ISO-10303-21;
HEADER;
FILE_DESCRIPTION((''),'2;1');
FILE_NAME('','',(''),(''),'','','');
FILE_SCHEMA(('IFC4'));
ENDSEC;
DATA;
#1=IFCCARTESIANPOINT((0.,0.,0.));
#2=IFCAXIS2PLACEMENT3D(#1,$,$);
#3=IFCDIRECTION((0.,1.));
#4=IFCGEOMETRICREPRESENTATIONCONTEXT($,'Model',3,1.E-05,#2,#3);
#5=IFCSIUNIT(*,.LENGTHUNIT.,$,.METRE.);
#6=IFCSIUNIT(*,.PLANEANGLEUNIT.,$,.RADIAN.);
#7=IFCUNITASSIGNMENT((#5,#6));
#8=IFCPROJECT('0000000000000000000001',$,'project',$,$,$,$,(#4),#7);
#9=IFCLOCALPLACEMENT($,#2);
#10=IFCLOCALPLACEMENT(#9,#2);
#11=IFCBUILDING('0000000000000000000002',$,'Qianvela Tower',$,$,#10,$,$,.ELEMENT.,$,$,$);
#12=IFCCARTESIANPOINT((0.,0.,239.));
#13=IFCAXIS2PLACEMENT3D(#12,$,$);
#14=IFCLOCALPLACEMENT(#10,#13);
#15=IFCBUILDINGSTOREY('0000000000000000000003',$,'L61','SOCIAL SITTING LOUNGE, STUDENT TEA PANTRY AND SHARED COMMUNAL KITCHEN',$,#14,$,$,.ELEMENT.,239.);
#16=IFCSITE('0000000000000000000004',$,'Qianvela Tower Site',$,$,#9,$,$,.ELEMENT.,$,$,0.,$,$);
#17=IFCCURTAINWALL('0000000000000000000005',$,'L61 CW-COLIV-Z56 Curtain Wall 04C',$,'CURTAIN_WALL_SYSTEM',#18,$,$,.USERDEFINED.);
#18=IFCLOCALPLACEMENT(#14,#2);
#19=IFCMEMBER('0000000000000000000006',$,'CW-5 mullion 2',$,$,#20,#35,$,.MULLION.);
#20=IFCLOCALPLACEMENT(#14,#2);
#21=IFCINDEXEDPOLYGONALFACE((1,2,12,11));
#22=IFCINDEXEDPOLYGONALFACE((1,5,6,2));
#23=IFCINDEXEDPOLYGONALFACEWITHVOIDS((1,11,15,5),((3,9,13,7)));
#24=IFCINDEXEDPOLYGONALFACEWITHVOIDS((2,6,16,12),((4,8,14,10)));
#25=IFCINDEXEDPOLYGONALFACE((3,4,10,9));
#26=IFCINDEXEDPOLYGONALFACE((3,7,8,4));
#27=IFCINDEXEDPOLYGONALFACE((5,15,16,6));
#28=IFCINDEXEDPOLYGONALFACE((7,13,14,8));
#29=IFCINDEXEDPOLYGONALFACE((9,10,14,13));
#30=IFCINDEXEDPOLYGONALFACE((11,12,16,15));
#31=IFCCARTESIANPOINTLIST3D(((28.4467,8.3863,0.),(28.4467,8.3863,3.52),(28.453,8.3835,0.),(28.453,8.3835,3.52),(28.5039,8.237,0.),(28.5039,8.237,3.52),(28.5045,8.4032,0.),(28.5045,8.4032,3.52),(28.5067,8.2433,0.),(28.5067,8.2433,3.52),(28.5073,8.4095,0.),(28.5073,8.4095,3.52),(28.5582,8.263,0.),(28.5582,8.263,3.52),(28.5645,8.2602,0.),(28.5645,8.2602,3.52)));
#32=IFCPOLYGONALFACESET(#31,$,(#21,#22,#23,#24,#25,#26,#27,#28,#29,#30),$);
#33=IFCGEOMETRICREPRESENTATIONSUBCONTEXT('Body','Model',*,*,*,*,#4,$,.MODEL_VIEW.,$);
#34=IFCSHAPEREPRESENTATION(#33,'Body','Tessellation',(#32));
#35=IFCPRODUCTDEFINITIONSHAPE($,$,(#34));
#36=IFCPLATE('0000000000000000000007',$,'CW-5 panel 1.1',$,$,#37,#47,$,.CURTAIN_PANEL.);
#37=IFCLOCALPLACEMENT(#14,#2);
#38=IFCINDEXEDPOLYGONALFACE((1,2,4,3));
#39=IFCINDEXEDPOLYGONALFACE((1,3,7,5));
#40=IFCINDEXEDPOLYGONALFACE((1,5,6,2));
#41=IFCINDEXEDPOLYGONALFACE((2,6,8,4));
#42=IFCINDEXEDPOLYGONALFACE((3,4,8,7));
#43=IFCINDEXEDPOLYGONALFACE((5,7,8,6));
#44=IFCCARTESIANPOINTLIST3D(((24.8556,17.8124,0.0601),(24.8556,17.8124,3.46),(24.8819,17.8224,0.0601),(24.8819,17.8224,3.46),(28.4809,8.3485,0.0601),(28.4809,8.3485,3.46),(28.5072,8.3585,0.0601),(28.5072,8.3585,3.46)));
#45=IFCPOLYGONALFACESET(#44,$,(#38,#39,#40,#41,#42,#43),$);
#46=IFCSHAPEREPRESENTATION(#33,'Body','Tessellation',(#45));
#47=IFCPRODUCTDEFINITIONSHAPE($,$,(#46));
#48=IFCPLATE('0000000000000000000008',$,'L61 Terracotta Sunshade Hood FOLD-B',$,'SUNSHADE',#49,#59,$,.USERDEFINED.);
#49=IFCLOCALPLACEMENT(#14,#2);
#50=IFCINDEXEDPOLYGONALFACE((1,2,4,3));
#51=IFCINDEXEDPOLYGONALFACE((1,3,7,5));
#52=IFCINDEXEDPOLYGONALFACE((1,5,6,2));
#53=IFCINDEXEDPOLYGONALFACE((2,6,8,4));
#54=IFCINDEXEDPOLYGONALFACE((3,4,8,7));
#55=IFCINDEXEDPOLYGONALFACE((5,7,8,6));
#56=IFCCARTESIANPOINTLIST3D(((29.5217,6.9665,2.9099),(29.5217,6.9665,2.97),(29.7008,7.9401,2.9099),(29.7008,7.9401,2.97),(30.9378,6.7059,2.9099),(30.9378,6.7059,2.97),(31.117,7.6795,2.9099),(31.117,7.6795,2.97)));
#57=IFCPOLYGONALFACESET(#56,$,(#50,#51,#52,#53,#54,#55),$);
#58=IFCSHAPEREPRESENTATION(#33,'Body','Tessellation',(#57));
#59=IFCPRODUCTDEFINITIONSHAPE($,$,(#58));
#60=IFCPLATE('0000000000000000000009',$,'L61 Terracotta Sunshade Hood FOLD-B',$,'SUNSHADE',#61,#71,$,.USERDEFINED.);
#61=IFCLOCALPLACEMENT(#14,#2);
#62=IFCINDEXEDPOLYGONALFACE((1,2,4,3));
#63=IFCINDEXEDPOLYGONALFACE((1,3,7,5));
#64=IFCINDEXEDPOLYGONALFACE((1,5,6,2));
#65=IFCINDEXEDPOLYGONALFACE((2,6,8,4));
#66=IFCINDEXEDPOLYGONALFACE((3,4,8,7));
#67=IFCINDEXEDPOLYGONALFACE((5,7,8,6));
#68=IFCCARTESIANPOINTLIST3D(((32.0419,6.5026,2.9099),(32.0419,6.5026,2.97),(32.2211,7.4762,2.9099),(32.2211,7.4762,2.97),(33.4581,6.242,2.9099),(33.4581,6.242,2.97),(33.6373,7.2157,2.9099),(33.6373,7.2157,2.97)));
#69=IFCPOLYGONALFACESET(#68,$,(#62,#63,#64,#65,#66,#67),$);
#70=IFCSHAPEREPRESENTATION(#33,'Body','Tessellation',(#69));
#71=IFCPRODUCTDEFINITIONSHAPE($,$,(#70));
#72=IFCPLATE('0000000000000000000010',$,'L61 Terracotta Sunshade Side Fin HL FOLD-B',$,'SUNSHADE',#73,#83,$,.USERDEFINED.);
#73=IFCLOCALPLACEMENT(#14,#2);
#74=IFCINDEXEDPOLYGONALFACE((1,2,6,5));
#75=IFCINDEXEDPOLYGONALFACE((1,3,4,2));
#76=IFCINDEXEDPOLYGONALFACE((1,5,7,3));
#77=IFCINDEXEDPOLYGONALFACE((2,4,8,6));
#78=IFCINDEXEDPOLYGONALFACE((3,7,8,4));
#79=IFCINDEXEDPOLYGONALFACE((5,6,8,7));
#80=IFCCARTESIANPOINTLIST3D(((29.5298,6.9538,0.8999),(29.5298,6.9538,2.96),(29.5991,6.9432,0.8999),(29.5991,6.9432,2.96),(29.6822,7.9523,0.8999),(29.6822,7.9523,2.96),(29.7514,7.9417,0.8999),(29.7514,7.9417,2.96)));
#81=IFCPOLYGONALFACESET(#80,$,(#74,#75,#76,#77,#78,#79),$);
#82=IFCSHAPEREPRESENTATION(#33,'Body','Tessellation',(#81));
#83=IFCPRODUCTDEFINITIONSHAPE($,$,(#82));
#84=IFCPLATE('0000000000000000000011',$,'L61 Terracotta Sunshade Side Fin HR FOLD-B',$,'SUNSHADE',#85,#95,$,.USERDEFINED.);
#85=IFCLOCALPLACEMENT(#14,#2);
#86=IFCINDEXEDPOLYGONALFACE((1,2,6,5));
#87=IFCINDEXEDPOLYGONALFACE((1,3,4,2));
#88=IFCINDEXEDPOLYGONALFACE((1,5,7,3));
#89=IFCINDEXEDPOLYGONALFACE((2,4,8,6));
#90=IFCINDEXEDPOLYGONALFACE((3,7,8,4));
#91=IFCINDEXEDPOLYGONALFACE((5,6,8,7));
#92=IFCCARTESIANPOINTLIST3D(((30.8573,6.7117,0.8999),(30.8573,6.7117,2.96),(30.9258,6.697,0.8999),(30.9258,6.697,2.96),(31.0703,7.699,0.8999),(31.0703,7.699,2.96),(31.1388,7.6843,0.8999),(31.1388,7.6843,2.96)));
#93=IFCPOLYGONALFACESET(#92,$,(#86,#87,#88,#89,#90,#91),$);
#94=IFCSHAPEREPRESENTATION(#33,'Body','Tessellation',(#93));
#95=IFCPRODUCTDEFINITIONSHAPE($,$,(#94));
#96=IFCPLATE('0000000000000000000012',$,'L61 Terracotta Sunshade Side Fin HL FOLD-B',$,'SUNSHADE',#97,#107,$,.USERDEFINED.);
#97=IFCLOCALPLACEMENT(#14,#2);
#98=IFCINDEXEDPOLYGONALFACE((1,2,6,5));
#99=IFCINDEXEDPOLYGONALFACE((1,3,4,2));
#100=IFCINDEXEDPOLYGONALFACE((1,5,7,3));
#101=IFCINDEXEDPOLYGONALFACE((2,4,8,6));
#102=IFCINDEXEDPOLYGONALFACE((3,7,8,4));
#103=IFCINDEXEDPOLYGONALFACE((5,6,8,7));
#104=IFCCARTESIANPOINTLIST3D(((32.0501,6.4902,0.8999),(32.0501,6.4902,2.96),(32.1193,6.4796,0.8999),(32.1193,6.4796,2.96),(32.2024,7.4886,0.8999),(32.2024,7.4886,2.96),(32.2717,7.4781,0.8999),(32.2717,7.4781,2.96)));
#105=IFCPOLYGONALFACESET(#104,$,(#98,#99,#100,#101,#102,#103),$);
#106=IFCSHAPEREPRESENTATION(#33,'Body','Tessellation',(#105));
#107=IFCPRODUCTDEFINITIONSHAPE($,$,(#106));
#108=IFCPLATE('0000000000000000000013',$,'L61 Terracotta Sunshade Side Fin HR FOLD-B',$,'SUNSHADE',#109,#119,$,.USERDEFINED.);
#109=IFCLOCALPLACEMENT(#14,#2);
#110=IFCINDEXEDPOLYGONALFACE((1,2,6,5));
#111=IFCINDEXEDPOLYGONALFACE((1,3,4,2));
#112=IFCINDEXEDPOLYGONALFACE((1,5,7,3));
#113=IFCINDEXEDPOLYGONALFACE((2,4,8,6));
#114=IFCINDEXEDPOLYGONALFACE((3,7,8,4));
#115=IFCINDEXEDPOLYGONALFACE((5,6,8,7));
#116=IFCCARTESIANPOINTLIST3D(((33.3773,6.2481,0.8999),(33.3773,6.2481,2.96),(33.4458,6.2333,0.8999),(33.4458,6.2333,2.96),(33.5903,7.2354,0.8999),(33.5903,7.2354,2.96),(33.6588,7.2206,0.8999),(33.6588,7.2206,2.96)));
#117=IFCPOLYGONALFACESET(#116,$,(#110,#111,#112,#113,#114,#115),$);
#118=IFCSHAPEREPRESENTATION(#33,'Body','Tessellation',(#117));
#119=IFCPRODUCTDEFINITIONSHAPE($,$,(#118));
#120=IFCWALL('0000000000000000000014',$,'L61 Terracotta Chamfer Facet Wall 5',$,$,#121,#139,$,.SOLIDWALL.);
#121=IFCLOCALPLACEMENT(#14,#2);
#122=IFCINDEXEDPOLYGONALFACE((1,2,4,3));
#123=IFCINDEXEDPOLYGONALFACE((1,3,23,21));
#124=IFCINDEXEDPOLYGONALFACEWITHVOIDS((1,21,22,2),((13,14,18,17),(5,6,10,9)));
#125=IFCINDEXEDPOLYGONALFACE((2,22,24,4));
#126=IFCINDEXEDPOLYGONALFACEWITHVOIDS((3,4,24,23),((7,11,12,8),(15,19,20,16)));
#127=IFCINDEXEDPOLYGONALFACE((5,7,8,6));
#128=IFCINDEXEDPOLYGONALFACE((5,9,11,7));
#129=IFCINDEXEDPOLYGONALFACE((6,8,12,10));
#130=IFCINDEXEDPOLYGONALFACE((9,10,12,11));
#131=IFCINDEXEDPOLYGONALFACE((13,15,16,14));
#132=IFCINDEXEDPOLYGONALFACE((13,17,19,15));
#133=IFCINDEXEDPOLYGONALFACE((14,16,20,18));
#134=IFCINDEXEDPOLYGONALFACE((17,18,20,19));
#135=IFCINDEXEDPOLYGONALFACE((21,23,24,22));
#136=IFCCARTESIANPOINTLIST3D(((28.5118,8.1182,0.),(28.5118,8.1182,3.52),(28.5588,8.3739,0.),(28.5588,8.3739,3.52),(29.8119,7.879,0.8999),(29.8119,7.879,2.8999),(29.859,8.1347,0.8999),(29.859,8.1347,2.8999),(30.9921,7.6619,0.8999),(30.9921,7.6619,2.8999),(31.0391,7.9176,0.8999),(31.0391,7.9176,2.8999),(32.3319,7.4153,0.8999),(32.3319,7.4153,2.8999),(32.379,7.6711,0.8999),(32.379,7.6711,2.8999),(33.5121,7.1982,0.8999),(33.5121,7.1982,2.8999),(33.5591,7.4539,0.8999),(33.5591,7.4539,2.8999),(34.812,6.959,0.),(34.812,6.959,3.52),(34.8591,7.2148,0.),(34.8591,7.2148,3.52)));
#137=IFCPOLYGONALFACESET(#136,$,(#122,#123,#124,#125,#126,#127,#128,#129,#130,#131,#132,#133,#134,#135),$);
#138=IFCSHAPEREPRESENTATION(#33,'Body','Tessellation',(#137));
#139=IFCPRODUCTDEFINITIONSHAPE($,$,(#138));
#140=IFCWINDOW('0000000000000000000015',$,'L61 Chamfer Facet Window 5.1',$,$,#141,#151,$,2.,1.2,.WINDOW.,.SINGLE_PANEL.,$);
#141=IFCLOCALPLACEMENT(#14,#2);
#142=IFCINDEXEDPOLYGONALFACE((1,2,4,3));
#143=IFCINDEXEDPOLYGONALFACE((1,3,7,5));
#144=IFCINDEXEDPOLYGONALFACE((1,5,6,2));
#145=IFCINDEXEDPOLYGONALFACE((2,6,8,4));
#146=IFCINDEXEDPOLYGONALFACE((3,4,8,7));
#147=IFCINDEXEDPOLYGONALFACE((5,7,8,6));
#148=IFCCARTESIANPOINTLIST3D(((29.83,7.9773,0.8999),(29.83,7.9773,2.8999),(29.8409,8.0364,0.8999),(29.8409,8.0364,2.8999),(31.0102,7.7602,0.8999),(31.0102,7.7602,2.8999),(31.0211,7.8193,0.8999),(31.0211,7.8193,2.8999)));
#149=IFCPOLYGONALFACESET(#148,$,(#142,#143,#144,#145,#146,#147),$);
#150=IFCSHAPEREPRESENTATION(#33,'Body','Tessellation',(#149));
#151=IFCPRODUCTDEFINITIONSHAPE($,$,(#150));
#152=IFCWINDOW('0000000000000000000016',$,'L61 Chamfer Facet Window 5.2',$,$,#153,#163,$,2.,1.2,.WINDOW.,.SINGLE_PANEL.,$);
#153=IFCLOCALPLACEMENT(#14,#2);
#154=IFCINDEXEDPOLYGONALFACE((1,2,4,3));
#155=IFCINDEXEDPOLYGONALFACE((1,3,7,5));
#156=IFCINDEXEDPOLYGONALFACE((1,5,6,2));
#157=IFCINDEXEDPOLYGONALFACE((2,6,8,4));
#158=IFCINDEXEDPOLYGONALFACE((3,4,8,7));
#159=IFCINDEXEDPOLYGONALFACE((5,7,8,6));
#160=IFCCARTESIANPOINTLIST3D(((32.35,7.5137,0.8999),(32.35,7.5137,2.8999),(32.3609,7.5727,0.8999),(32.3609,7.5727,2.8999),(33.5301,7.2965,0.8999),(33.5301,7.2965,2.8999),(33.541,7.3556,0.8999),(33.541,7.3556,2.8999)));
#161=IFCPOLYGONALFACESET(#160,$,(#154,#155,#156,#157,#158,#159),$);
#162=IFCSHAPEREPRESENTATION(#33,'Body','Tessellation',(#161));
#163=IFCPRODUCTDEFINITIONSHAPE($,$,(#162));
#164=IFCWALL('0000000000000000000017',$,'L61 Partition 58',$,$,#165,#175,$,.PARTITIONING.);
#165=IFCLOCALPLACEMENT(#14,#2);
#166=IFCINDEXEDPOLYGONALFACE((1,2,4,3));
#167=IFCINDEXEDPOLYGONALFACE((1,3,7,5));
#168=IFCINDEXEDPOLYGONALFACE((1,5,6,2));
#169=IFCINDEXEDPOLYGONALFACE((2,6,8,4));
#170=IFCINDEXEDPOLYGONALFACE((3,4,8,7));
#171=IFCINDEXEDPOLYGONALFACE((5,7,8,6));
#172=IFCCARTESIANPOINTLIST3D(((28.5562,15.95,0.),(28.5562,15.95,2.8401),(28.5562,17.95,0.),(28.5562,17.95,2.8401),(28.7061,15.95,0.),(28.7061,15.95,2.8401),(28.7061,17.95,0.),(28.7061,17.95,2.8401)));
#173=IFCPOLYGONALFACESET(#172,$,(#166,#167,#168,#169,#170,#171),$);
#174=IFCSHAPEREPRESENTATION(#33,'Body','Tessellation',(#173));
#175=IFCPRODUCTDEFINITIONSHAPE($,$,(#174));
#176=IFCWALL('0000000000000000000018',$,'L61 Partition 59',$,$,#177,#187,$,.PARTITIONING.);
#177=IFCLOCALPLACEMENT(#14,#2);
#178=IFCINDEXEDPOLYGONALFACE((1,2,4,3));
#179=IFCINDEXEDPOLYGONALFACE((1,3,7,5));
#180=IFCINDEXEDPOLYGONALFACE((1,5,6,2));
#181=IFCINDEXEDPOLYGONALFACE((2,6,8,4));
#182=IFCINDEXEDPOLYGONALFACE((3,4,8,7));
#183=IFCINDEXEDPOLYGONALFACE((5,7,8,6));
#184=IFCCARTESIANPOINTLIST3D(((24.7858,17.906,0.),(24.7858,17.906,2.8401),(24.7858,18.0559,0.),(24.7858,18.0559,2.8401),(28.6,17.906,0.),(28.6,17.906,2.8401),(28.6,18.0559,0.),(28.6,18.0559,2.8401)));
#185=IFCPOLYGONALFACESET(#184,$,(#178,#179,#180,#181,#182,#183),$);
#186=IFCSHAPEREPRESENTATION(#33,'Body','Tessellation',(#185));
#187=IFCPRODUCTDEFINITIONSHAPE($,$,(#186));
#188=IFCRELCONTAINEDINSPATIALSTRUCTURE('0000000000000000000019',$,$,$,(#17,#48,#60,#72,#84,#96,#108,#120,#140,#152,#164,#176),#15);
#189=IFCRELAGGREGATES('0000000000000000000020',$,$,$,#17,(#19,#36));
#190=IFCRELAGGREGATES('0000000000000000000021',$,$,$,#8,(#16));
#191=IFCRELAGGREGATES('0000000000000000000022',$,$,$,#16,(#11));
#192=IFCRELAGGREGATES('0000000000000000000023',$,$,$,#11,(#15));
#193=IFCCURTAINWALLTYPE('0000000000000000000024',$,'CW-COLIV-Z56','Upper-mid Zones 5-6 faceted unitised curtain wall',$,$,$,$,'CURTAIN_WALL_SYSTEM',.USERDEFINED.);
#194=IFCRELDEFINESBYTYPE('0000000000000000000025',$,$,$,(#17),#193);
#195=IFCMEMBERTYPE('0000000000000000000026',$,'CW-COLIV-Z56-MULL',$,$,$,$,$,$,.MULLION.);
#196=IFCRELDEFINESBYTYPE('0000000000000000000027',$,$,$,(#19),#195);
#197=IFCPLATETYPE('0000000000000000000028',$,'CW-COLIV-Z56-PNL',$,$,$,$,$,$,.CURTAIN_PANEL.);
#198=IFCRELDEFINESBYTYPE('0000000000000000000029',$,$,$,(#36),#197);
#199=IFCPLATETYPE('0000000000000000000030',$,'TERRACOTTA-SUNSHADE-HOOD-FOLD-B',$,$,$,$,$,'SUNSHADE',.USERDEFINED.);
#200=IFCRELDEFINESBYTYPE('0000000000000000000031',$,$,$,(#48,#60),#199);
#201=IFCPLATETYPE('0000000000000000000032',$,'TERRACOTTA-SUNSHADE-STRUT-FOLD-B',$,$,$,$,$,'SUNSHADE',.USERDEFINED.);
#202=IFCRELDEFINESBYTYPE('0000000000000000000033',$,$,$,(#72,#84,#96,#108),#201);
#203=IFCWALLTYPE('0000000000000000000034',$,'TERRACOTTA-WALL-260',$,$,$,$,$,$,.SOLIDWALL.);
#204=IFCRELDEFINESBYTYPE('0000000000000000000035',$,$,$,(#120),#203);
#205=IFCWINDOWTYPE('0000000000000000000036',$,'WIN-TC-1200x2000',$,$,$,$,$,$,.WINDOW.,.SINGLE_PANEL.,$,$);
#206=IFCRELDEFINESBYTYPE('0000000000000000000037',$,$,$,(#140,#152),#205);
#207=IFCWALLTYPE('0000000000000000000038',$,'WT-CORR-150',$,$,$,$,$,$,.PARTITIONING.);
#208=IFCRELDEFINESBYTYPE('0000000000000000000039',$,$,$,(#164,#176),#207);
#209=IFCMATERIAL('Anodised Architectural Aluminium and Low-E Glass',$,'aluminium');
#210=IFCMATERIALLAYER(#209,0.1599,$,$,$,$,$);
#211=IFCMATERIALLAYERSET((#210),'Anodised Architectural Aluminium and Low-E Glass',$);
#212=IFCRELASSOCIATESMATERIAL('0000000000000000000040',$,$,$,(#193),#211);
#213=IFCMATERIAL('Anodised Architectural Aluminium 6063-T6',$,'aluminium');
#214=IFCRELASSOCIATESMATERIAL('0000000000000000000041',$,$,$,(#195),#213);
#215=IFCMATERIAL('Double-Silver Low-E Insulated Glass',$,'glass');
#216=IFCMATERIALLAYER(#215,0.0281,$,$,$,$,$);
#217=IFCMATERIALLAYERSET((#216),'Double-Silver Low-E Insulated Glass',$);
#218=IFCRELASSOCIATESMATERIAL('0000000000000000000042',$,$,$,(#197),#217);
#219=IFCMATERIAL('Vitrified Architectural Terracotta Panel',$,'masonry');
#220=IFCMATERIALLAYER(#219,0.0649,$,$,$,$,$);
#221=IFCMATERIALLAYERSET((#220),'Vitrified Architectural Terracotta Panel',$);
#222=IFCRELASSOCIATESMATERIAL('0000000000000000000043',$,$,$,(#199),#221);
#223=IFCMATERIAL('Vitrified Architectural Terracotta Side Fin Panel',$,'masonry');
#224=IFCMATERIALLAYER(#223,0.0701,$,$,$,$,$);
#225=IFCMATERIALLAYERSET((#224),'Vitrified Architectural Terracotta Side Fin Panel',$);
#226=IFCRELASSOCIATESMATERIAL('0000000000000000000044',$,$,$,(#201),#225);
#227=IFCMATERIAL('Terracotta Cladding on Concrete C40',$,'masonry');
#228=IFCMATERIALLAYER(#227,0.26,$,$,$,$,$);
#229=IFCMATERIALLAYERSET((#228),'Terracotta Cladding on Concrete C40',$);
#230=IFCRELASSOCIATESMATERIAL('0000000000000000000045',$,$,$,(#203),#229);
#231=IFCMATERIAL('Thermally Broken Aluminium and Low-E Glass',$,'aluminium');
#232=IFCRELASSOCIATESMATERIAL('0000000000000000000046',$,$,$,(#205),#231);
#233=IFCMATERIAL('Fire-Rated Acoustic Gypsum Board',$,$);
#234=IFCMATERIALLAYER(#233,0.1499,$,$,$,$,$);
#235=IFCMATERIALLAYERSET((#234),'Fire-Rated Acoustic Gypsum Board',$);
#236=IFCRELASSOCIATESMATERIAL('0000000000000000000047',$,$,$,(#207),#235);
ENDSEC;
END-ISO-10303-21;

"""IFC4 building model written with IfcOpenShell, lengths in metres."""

from ifc_helpers import new_model, si_unit, direction, frame, frame_2d, origin, origin_2d, place, context, subcontext, project, spatial, rectangle, hollow_rectangle, extrude, material, layer, layer_set, material_profile, profile_set, type_object, element, fill, aggregate, save


model = new_model("IFC4")

# Units and contexts
model_context = context("Model", 3, precision=1e-05, world=origin(), true_north=direction((0.0, 1.0)))
body_context = subcontext(model_context, "Body", "Model", "MODEL_VIEW")
ifc_project = project(units=[si_unit("LENGTHUNIT", "METRE"), si_unit("PLANEANGLEUNIT", "RADIAN")], contexts=[model_context])

# Site, building, storey
site_placement = place(None, origin())
site = spatial("IfcSite", under=ifc_project, at=site_placement, Name="Qianvela Tower Site", CompositionType="ELEMENT", RefElevation=0.0)
building_placement = place(site_placement, origin())
building = spatial("IfcBuilding", under=site, at=building_placement, Name="Qianvela Tower", CompositionType="ELEMENT")
storey_placement = place(building_placement, frame((0.0, 0.0, 239.0)))
storey = spatial("IfcBuildingStorey", under=building, at=storey_placement, Name="L61", Description="SOCIAL SITTING LOUNGE, STUDENT TEA PANTRY AND SHARED COMMUNAL KITCHEN", CompositionType="ELEMENT", Elevation=239.0)

# Curtain wall, member, plate
ifc_material_1 = material(Name="Anodised Architectural Aluminium and Low-E Glass", Category="aluminium")
ifc_layer_1 = layer(ifc_material_1, 0.1599)
ifc_layer_set_1 = layer_set([ifc_layer_1], Name="Anodised Architectural Aluminium and Low-E Glass")
curtain_wall_type = type_object("IfcCurtainWallType", Name="CW-COLIV-Z56", Description="Upper-mid Zones 5-6 faceted unitised curtain wall", ElementType="CURTAIN_WALL_SYSTEM", PredefinedType="USERDEFINED", material=ifc_layer_set_1)
curtain_wall_placement = place(storey_placement, origin())
curtain_wall = element("IfcCurtainWall", 1, at=curtain_wall_placement, inside=storey, type_object=curtain_wall_type, Name="L61 CW-COLIV-Z56 Curtain Wall 04C", ObjectType="CURTAIN_WALL_SYSTEM", PredefinedType="USERDEFINED")
ifc_material_2 = material(Name="Anodised Architectural Aluminium 6063-T6", Category="aluminium")
ifc_material_profile = material_profile(ifc_material_2, hollow_rectangle(XDim=0.0649, YDim=0.1599, WallThickness=0.0049, at=origin_2d()), Name="ALU-MULL-65x160")
ifc_profile_set = profile_set([ifc_material_profile], Name="Anodised Architectural Aluminium 6063-T6")
member_type = type_object("IfcMemberType", Name="CW-COLIV-Z56-MULL", PredefinedType="MULLION", material=ifc_profile_set)
member_placement = place(storey_placement, frame((28.5056, 8.3232, 0.0), z_axis=(0.0, 0.0, 1.0), x_axis=(0.93383, 0.357718, 0.0)))
member = element("IfcMember", 2, at=member_placement, type_object=member_type, Name="CW-5 mullion 2", PredefinedType="MULLION", context=body_context, shape_type="SweptSolid", body=[
    extrude(hollow_rectangle(XDim=0.0649, YDim=0.1599, WallThickness=0.0049, at=origin_2d()), origin(), (0.0, 0.0, 1.0), 3.52),
])
ifc_material_3 = material(Name="Double-Silver Low-E Insulated Glass", Category="glass")
ifc_layer_2 = layer(ifc_material_3, 0.0281)
ifc_layer_set_2 = layer_set([ifc_layer_2], Name="Double-Silver Low-E Insulated Glass")
plate_type_1 = type_object("IfcPlateType", Name="CW-COLIV-Z56-PNL", PredefinedType="CURTAIN_PANEL", material=ifc_layer_set_2)
plate_placement = place(storey_placement, frame((26.6814, 13.0854, 0.0601), z_axis=(0.0, 0.0, 1.0), x_axis=(0.357718, -0.93383, 0.0)))
plate = element("IfcPlate", 3, at=plate_placement, type_object=plate_type_1, Name="CW-5 panel 1.1", PredefinedType="CURTAIN_PANEL", context=body_context, shape_type="SweptSolid", body=[
    extrude(rectangle(XDim=10.1345, YDim=0.0281, at=origin_2d()), origin(), (0.0, 0.0, 1.0), 3.3999),
])
aggregate(curtain_wall, [member, plate])

# Plates
ifc_material_4 = material(Name="Vitrified Architectural Terracotta Panel", Category="masonry")
ifc_layer_3 = layer(ifc_material_4, 0.0649)
ifc_layer_set_3 = layer_set([ifc_layer_3], Name="Vitrified Architectural Terracotta Panel")
plate_type_2 = type_object("IfcPlateType", Name="TERRACOTTA-SUNSHADE-HOOD-FOLD-B", ElementType="SUNSHADE", PredefinedType="USERDEFINED", material=ifc_layer_set_3)
for number, where, z_axis, x_axis, name in (
    (4, (30.3193, 7.323, 2.9099), (0.0, 0.0, 1.0), (0.983489, -0.180965, 0.0), "L61 Terracotta Sunshade Hood FOLD-B"),
    (5, (32.8396, 6.8591, 2.9099), (0.0, 0.0, 1.0), (0.983489, -0.180965, 0.0), "L61 Terracotta Sunshade Hood FOLD-B"),
):
    element("IfcPlate", number, at=place(storey_placement, frame(where, z_axis=z_axis, x_axis=x_axis)), inside=storey, type_object=plate_type_2, Name=name, ObjectType="SUNSHADE", PredefinedType="USERDEFINED", context=body_context, shape_type="SweptSolid", body=[
        extrude(rectangle(XDim=1.4399, YDim=0.99, at=origin_2d()), origin(), (0.0, 0.0, 1.0), 0.0601),
    ])
ifc_material_5 = material(Name="Vitrified Architectural Terracotta Side Fin Panel", Category="masonry")
ifc_layer_4 = layer(ifc_material_5, 0.0701)
ifc_layer_set_4 = layer_set([ifc_layer_4], Name="Vitrified Architectural Terracotta Side Fin Panel")
plate_type_3 = type_object("IfcPlateType", Name="TERRACOTTA-SUNSHADE-STRUT-FOLD-B", ElementType="SUNSHADE", PredefinedType="USERDEFINED", material=ifc_layer_set_4)
for number, where, z_axis, x_axis, name in (
    (6, (29.6406, 7.4478, 0.8999), (0.0, 0.0, 1.0), (0.988557, -0.150847, 0.0), "L61 Terracotta Sunshade Side Fin HL FOLD-B"),
    (7, (30.998, 7.198, 0.8999), (0.0, 0.0, 1.0), (0.977504, -0.210915, 0.0), "L61 Terracotta Sunshade Side Fin HR FOLD-B"),
    (8, (32.1609, 6.9841, 0.8999), (0.0, 0.0, 1.0), (0.988557, -0.150847, 0.0), "L61 Terracotta Sunshade Side Fin HL FOLD-B"),
    (9, (33.5181, 6.7344, 0.8999), (0.0, 0.0, 1.0), (0.977504, -0.210915, 0.0), "L61 Terracotta Sunshade Side Fin HR FOLD-B"),
):
    element("IfcPlate", number, at=place(storey_placement, frame(where, z_axis=z_axis, x_axis=x_axis)), inside=storey, type_object=plate_type_3, Name=name, ObjectType="SUNSHADE", PredefinedType="USERDEFINED", context=body_context, shape_type="SweptSolid", body=[
        extrude(rectangle(XDim=0.0701, YDim=1.01, at=origin_2d()), origin(), (0.0, 0.0, 1.0), 2.0601),
    ])

# Wall, openings, windows
ifc_material_6 = material(Name="Terracotta Cladding on Concrete C40", Category="masonry")
ifc_layer_5 = layer(ifc_material_6, 0.26)
ifc_layer_set_5 = layer_set([ifc_layer_5], Name="Terracotta Cladding on Concrete C40")
wall_type_1 = type_object("IfcWallType", Name="TERRACOTTA-WALL-260", PredefinedType="SOLIDWALL", material=ifc_layer_set_5)
wall_1_placement = place(storey_placement, frame((28.5352, 8.2461, 0.0), z_axis=(0.0, 0.0, 1.0), x_axis=(0.983492, -0.180951, 0.0)))
wall_1 = element("IfcWall", 10, at=wall_1_placement, inside=storey, type_object=wall_type_1, Name="L61 Terracotta Chamfer Facet Wall 5", PredefinedType="SOLIDWALL", context=body_context, shape_type="SweptSolid", body=[
    extrude(rectangle(XDim=6.406, YDim=0.26, at=frame_2d((3.2031, 0.0))), origin(), (0.0, 0.0, 1.0), 3.52),
])
opening_1_placement = place(wall_1_placement, frame((1.322, 0.0, 0.8999)))
opening_1 = element("IfcOpeningElement", 11, at=opening_1_placement, cuts=wall_1, PredefinedType="OPENING", context=body_context, shape_type="SweptSolid", body=[
    extrude(rectangle(XDim=1.2, YDim=2.0, at=frame_2d((0.6001, 1.0))), frame((0.0, 0.1399, 0.0), z_axis=(0.0, -1.0, 0.0), x_axis=(1.0, 0.0, 0.0)), (0.0, 0.0, 1.0), 0.28),
])
opening_2_placement = place(wall_1_placement, frame((3.8843, 0.0, 0.8999)))
opening_2 = element("IfcOpeningElement", 12, at=opening_2_placement, cuts=wall_1, PredefinedType="OPENING", context=body_context, shape_type="SweptSolid", body=[
    extrude(rectangle(XDim=1.2, YDim=2.0, at=frame_2d((0.6001, 1.0))), frame((0.0, 0.1399, 0.0), z_axis=(0.0, -1.0, 0.0), x_axis=(1.0, 0.0, 0.0)), (0.0, 0.0, 1.0), 0.28),
])
ifc_material_7 = material(Name="Thermally Broken Aluminium and Low-E Glass", Category="aluminium")
window_type = type_object("IfcWindowType", Name="WIN-TC-1200x2000", PartitioningType="SINGLE_PANEL", PredefinedType="WINDOW", material=ifc_material_7)
window_1_placement = place(opening_1_placement, origin())
window_1 = element("IfcWindow", 13, at=window_1_placement, inside=storey, type_object=window_type, Name="L61 Chamfer Facet Window 5.1", OverallHeight=2.0, OverallWidth=1.2, PartitioningType="SINGLE_PANEL", PredefinedType="WINDOW", context=body_context, shape_type="SweptSolid", body=[
    extrude(rectangle(XDim=1.2, YDim=2.0, at=frame_2d((0.6001, 1.0))), frame((0.0, 0.03, 0.0), z_axis=(0.0, -1.0, 0.0), x_axis=(1.0, 0.0, 0.0)), (0.0, 0.0, 1.0), 0.0601),
])
fill(opening_1, window_1)
window_2_placement = place(opening_2_placement, origin())
window_2 = element("IfcWindow", 14, at=window_2_placement, inside=storey, type_object=window_type, Name="L61 Chamfer Facet Window 5.2", OverallHeight=2.0, OverallWidth=1.2, PartitioningType="SINGLE_PANEL", PredefinedType="WINDOW", context=body_context, shape_type="SweptSolid", body=[
    extrude(rectangle(XDim=1.2, YDim=2.0, at=frame_2d((0.6001, 1.0))), frame((0.0, 0.03, 0.0), z_axis=(0.0, -1.0, 0.0), x_axis=(1.0, 0.0, 0.0)), (0.0, 0.0, 1.0), 0.0601),
])
fill(opening_2, window_2)

# Walls
ifc_material_8 = material(Name="Fire-Rated Acoustic Gypsum Board")
ifc_layer_6 = layer(ifc_material_8, 0.1499)
ifc_layer_set_6 = layer_set([ifc_layer_6], Name="Fire-Rated Acoustic Gypsum Board")
wall_type_2 = type_object("IfcWallType", Name="WT-CORR-150", PredefinedType="PARTITIONING", material=ifc_layer_set_6)
wall_2_placement = place(storey_placement, frame((28.6311, 15.95, 0.0), z_axis=(0.0, 0.0, 1.0), x_axis=(0.0, 1.0, 0.0)))
element("IfcWall", 15, at=wall_2_placement, inside=storey, type_object=wall_type_2, Name="L61 Partition 58", PredefinedType="PARTITIONING", context=body_context, shape_type="SweptSolid", body=[
    extrude(rectangle(XDim=2.0, YDim=0.1499, at=frame_2d((1.0, 0.0))), origin(), (0.0, 0.0, 1.0), 2.8401),
])
wall_3_placement = place(storey_placement, frame((28.6001, 17.981, 0.0), z_axis=(0.0, 0.0, 1.0), x_axis=(-1.0, 0.0, 0.0)))
element("IfcWall", 16, at=wall_3_placement, inside=storey, type_object=wall_type_2, Name="L61 Partition 59", PredefinedType="PARTITIONING", context=body_context, shape_type="SweptSolid", body=[
    extrude(rectangle(XDim=3.8142, YDim=0.1499, at=frame_2d((1.9072, 0.0))), origin(), (0.0, 0.0, 1.0), 2.8401),
])

save(model, "model.ifc")
